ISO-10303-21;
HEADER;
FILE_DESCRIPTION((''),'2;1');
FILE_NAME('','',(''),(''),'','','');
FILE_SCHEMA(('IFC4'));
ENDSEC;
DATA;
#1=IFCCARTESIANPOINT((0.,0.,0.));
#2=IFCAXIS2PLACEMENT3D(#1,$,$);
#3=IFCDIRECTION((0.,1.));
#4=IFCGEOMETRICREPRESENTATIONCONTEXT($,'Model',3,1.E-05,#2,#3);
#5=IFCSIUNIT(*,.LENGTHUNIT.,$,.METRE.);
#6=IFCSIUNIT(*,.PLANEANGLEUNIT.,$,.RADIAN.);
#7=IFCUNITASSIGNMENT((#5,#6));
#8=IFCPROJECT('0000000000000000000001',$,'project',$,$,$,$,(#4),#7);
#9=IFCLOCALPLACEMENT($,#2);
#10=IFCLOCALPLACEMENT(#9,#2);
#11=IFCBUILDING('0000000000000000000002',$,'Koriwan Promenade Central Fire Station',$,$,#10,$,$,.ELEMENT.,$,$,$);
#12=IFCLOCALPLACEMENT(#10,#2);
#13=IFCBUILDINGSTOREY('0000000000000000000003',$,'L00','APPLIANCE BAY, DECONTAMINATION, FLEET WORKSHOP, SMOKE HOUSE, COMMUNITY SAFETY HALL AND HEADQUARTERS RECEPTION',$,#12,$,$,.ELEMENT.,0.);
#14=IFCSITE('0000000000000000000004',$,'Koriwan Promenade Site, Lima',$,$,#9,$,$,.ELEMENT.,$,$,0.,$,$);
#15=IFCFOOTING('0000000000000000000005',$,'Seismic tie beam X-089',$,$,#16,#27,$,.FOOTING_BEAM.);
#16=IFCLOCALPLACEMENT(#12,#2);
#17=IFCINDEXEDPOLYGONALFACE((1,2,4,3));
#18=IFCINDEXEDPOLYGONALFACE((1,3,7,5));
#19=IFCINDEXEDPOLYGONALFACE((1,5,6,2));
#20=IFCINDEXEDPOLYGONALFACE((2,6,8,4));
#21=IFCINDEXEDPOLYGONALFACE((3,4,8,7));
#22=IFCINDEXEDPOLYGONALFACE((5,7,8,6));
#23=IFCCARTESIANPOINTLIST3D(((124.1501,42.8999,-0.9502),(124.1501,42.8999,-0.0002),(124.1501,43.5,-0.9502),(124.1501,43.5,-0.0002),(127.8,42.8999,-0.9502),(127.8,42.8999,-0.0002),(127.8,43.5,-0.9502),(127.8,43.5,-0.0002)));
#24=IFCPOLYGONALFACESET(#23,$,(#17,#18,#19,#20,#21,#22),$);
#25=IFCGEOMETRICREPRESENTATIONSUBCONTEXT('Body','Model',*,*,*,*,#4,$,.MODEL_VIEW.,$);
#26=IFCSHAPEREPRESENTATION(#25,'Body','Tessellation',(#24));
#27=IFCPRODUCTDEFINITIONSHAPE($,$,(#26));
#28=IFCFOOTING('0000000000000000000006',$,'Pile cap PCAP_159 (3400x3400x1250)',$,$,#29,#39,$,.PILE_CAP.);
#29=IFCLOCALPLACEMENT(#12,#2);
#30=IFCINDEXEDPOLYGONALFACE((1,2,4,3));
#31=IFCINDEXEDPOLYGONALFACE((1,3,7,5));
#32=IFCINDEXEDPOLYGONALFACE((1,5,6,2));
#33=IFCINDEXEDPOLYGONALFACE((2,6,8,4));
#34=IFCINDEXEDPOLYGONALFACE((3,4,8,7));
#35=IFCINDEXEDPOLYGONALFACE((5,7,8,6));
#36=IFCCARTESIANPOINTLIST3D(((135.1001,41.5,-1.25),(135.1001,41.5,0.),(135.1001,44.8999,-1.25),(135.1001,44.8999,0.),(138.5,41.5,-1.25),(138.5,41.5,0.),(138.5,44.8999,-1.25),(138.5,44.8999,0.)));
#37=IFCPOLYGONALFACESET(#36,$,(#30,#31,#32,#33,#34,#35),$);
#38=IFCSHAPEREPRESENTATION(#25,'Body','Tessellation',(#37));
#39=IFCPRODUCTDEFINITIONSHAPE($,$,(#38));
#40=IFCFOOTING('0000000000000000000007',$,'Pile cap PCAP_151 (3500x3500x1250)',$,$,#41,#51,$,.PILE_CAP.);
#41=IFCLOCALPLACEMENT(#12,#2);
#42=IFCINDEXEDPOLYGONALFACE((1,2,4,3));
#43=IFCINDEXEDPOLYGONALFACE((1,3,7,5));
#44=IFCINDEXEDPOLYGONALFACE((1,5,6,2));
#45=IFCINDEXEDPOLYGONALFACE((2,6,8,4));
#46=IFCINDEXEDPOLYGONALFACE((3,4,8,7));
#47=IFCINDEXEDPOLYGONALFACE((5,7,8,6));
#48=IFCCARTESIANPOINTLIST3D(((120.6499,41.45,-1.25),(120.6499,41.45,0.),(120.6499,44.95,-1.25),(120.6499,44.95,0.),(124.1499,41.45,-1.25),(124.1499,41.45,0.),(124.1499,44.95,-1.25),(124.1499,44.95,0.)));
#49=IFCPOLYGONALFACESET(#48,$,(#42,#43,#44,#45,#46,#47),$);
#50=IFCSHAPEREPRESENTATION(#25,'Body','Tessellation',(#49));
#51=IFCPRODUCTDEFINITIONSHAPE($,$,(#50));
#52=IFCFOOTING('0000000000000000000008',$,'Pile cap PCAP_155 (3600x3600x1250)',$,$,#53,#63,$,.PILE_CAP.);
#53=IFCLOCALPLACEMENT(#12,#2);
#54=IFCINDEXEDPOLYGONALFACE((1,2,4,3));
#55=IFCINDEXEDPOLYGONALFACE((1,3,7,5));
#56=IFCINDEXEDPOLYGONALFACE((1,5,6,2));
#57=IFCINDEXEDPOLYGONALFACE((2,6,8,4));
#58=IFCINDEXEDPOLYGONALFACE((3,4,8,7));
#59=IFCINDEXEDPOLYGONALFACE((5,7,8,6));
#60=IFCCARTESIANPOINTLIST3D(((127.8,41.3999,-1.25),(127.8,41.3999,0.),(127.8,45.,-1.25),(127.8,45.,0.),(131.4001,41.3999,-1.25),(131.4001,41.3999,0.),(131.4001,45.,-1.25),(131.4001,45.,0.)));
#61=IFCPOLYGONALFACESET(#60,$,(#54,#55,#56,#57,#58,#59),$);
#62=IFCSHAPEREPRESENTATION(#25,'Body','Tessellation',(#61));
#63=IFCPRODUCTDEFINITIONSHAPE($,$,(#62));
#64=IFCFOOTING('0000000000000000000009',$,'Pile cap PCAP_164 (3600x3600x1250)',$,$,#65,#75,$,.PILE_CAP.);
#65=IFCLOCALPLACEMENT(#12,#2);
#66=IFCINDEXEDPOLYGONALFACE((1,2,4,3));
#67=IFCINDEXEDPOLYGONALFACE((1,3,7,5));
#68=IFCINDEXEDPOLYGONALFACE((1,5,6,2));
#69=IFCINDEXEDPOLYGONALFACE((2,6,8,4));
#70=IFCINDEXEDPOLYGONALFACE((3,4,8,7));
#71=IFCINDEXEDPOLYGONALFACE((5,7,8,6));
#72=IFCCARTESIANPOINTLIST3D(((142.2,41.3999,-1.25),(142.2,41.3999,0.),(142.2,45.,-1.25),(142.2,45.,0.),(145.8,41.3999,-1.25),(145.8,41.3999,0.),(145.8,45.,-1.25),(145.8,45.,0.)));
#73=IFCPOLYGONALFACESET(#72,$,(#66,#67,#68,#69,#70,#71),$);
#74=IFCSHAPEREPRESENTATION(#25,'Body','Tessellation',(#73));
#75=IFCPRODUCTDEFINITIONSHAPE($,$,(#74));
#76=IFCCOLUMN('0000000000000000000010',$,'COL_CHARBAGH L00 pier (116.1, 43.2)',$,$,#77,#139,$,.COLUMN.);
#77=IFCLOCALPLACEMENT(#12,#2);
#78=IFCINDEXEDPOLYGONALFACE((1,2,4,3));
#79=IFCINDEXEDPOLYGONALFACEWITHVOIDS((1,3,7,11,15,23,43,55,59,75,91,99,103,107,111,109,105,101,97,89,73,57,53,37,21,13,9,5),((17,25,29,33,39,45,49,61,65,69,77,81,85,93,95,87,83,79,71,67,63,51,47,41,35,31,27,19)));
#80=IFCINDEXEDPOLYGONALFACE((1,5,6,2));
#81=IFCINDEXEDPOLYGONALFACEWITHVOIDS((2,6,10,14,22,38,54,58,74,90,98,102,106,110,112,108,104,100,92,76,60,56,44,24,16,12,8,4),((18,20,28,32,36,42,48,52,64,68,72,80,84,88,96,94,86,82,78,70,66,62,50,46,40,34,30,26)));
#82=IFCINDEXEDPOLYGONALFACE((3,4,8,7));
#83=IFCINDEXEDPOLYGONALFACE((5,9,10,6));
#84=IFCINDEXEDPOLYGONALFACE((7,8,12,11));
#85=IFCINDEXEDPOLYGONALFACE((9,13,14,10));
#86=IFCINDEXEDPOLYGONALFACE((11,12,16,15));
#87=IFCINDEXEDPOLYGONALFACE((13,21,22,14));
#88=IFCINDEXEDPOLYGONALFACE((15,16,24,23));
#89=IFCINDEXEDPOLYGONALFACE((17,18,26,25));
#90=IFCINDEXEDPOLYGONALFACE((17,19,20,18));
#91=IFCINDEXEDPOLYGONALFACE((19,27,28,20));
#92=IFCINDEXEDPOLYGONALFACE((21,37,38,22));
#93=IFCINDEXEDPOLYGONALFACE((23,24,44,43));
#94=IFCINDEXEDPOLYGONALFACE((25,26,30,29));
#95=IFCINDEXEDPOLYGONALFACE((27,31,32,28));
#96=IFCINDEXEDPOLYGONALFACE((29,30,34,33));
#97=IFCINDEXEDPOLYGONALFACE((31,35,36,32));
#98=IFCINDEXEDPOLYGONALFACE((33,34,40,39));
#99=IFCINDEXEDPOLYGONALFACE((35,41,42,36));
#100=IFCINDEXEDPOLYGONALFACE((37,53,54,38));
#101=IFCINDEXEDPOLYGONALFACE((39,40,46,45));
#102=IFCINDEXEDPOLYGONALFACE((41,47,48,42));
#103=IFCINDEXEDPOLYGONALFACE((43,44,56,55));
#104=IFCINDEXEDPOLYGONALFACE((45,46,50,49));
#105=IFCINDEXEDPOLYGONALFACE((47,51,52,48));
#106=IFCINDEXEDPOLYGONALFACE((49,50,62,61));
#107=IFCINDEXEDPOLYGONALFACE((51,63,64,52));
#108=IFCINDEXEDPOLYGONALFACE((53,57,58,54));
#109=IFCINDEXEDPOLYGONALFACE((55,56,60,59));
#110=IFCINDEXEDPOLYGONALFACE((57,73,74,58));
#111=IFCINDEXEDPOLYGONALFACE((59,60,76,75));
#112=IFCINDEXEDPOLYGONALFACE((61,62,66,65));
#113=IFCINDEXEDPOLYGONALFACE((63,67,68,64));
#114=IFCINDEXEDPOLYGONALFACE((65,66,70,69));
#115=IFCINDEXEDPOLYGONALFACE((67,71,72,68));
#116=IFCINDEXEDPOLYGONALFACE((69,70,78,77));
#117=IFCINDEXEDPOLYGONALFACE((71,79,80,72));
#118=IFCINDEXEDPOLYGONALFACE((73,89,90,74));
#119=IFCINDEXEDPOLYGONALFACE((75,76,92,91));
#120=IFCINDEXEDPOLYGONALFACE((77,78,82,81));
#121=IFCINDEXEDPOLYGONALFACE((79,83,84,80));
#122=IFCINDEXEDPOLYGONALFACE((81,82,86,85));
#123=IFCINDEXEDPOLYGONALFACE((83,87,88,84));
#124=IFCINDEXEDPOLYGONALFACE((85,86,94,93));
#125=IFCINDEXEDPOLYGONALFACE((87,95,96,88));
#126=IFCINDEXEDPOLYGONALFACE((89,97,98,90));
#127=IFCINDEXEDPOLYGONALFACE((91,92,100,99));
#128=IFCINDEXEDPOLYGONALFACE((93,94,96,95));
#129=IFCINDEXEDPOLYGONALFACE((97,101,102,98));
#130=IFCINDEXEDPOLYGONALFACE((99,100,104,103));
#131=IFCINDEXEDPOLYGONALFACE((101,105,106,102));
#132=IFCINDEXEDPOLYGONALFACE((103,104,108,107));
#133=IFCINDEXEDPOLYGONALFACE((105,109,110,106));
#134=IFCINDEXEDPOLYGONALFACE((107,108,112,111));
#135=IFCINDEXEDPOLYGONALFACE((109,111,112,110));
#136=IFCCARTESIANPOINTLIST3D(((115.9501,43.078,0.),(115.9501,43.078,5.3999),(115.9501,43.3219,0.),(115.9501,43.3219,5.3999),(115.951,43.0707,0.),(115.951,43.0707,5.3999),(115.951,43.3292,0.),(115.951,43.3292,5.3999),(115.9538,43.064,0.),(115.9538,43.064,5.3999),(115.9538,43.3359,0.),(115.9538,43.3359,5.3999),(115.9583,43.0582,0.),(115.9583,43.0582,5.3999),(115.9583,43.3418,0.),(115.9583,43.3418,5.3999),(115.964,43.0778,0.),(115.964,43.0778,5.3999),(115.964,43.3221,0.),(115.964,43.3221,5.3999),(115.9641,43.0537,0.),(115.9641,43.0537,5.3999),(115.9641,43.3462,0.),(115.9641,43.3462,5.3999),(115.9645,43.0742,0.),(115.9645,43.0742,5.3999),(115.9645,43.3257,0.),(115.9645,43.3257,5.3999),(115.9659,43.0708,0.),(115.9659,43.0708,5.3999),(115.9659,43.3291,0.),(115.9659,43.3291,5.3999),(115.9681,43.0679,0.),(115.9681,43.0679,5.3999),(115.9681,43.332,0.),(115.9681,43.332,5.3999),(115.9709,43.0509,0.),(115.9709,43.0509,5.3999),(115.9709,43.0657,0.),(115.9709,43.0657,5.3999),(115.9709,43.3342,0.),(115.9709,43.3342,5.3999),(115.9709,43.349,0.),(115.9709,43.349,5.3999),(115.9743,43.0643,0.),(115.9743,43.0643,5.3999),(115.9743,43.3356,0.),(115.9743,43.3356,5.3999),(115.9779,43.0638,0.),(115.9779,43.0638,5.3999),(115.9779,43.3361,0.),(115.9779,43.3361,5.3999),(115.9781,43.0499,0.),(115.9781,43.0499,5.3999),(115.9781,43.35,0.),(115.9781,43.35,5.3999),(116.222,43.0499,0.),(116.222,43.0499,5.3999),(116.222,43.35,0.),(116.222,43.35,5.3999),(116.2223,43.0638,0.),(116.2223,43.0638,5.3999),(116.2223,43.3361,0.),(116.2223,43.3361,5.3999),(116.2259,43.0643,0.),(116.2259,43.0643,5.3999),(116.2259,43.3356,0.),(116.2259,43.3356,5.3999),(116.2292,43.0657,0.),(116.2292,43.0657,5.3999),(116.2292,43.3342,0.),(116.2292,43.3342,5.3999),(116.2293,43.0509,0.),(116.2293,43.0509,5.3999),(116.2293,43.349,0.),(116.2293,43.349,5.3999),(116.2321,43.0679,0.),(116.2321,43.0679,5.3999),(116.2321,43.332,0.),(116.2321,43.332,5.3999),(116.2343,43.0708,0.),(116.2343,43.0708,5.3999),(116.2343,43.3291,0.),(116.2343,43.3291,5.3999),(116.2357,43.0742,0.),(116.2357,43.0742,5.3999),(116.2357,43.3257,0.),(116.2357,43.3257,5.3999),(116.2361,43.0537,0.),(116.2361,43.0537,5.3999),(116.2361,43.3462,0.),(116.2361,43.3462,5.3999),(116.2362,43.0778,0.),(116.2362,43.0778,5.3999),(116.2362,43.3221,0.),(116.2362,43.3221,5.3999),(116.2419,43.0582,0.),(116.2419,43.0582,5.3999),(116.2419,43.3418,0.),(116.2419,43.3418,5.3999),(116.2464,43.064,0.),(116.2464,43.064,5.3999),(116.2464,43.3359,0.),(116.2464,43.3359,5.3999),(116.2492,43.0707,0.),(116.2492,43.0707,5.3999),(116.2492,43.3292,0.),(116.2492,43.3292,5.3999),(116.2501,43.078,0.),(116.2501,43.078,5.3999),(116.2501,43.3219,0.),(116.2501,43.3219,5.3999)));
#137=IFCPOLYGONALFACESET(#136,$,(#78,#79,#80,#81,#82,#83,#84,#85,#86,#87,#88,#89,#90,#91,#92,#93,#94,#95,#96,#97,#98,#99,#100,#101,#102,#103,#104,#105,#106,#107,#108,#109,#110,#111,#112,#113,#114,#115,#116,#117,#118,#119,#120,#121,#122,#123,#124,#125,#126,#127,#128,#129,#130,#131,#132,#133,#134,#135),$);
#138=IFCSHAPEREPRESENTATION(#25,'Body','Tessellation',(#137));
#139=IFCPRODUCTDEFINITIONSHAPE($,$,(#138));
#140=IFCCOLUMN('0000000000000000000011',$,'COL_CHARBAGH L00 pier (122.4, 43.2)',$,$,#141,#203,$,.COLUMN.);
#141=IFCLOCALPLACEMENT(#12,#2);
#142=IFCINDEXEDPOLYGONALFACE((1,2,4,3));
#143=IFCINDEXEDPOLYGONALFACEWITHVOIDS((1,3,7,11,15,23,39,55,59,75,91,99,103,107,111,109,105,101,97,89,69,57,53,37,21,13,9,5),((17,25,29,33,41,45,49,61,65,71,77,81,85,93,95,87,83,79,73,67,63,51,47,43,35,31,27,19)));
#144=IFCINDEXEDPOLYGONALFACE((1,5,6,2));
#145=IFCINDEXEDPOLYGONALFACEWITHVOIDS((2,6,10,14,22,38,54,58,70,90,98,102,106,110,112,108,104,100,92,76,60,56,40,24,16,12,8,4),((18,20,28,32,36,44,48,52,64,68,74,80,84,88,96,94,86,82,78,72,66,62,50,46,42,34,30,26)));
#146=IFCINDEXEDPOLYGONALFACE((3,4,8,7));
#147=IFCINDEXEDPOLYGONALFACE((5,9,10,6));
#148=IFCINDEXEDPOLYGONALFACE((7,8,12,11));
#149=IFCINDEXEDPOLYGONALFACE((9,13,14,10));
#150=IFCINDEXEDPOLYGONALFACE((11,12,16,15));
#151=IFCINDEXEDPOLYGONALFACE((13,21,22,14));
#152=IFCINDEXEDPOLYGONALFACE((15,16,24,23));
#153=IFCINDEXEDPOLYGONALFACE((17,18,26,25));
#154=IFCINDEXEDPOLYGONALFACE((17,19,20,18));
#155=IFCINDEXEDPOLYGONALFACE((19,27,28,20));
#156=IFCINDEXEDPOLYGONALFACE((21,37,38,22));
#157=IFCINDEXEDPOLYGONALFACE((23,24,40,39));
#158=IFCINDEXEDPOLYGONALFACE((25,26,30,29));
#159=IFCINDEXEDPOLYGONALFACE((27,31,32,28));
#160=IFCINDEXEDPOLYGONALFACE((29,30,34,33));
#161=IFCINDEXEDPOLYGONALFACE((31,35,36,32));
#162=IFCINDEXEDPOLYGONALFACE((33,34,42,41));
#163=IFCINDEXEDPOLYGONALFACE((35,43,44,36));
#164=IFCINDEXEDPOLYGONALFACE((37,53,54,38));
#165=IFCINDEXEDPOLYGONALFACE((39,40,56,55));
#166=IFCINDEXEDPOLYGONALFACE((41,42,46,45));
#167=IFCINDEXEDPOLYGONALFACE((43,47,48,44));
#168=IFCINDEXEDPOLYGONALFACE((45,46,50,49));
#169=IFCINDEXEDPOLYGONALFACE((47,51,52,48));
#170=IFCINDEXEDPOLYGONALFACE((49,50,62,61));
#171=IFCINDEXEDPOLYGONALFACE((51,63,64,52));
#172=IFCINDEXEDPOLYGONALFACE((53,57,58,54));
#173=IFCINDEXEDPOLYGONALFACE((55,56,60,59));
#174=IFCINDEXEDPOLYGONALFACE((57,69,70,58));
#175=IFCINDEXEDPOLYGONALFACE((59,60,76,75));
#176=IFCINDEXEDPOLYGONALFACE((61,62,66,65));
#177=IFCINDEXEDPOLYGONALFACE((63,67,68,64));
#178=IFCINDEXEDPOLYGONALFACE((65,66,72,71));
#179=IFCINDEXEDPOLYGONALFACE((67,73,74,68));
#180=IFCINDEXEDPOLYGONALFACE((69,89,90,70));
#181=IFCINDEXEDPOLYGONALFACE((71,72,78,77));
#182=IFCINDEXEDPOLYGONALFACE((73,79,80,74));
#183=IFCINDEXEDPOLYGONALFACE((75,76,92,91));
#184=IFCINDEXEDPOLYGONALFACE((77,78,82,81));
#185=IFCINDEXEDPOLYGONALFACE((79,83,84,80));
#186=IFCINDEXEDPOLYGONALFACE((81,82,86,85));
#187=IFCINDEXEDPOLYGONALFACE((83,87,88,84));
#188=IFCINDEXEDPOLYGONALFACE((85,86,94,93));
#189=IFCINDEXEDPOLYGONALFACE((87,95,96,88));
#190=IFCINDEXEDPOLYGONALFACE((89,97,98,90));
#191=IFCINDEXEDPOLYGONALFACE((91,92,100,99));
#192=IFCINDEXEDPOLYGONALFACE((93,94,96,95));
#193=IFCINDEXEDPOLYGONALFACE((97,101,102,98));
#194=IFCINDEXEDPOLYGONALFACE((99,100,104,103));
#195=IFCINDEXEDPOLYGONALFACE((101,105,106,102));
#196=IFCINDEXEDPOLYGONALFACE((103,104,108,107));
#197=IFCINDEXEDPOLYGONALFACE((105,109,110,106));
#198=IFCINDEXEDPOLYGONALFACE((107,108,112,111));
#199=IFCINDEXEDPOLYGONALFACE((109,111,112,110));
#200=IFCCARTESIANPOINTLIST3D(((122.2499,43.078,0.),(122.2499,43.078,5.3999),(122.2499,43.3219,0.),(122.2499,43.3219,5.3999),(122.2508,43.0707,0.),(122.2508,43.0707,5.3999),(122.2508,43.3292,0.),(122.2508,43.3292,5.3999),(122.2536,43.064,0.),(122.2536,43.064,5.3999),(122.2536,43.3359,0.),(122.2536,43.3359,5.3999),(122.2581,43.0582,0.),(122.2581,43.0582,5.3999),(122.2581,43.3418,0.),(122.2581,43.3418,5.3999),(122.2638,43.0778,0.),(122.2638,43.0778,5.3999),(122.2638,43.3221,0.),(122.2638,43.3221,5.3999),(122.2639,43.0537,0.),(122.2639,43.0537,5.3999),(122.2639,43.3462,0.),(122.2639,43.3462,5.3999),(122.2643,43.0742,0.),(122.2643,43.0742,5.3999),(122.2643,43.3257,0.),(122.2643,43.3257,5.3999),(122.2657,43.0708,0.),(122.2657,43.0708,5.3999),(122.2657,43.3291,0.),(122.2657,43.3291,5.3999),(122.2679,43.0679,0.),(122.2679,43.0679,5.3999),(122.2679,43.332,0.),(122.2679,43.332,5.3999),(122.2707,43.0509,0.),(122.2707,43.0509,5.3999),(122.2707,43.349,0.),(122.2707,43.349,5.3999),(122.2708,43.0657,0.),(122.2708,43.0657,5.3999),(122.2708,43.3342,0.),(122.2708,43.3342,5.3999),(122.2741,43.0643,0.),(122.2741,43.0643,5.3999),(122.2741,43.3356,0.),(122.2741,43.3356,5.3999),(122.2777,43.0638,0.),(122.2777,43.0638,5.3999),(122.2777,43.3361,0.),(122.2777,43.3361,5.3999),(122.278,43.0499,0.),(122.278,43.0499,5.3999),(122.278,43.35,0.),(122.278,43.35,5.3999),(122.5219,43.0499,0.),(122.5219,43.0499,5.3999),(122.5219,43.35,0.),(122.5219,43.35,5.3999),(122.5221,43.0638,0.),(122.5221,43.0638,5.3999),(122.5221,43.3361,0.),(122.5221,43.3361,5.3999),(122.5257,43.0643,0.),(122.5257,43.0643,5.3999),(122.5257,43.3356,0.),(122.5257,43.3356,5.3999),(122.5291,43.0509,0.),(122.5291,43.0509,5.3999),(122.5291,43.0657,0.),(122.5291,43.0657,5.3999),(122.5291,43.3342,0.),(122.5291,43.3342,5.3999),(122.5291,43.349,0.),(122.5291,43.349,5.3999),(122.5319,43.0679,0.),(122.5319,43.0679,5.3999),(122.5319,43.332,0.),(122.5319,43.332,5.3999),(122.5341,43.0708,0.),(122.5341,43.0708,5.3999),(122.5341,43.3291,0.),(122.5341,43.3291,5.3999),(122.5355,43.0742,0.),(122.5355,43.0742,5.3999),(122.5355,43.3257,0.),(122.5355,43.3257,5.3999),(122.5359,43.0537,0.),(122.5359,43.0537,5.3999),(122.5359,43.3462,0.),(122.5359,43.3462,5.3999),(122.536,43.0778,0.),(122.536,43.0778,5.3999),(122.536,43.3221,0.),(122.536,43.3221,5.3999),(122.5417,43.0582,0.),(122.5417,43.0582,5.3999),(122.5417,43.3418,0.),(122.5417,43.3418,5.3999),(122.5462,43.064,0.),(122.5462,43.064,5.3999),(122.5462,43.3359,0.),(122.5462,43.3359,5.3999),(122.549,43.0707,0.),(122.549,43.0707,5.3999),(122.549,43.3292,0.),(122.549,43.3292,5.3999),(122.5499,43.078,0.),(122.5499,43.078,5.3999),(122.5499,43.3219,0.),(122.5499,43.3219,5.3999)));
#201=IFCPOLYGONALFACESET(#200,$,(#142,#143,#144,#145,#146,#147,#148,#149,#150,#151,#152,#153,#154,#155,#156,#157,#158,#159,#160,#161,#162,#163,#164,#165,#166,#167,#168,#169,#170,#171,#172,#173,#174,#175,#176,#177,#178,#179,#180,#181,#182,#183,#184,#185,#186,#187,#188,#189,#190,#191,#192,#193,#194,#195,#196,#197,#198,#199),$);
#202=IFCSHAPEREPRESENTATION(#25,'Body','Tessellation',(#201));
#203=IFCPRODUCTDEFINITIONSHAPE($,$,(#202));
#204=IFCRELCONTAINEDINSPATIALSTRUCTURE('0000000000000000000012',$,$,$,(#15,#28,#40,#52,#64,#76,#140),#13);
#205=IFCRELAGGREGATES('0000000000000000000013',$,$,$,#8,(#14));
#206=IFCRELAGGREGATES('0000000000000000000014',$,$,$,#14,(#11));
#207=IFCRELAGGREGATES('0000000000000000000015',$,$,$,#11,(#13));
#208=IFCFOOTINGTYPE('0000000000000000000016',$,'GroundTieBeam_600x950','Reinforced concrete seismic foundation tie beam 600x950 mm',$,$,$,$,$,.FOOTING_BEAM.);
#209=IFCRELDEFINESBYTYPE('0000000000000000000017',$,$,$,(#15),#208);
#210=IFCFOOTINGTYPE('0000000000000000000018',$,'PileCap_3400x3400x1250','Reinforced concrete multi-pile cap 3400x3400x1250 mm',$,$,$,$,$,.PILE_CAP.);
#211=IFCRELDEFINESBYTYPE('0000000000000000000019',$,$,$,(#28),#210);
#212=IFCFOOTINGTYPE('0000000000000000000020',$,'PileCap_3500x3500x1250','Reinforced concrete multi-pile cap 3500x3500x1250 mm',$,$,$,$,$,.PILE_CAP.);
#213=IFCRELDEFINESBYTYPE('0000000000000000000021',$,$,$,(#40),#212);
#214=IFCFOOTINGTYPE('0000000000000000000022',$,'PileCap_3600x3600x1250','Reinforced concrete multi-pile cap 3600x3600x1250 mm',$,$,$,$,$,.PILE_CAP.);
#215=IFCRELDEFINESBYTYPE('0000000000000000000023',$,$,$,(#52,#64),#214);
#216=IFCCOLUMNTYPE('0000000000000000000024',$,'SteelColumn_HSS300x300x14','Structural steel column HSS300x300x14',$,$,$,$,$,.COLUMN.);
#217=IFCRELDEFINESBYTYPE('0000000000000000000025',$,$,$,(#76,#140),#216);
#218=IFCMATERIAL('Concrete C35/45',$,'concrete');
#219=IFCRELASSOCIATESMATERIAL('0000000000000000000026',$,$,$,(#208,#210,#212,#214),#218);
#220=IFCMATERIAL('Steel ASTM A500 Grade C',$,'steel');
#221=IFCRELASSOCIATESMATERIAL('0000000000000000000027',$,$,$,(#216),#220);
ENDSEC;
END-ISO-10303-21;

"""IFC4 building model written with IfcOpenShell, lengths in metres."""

from ifc_helpers import new_model, si_unit, direction, frame, origin, origin_2d, place, context, subcontext, project, spatial, rectangle, hollow_rectangle, extrude, material, material_profile, profile_set, type_object, element, save


model = new_model("IFC4")

# Units and contexts
model_context = context("Model", 3, precision=1e-05, world=origin(), true_north=direction((0.0, 1.0)))
body_context = subcontext(model_context, "Body", "Model", "MODEL_VIEW")
ifc_project = project(units=[si_unit("LENGTHUNIT", "METRE"), si_unit("PLANEANGLEUNIT", "RADIAN")], contexts=[model_context])

# Site, building, storey
site_placement = place(None, origin())
site = spatial("IfcSite", under=ifc_project, at=site_placement, Name="Koriwan Promenade Site, Lima", CompositionType="ELEMENT", RefElevation=0.0)
building_placement = place(site_placement, origin())
building = spatial("IfcBuilding", under=site, at=building_placement, Name="Koriwan Promenade Central Fire Station", CompositionType="ELEMENT")
storey_placement = place(building_placement, origin())
storey = spatial("IfcBuildingStorey", under=building, at=storey_placement, Name="L00", Description="APPLIANCE BAY, DECONTAMINATION, FLEET WORKSHOP, SMOKE HOUSE, COMMUNITY SAFETY HALL AND HEADQUARTERS RECEPTION", CompositionType="ELEMENT", Elevation=0.0)

# Shared definitions
ifc_material_1 = material(Name="Concrete C35/45", Category="concrete")

# Footings
footing_type_1 = type_object("IfcFootingType", Name="GroundTieBeam_600x950", Description="Reinforced concrete seismic foundation tie beam 600x950 mm", PredefinedType="FOOTING_BEAM", material=ifc_material_1)
footing_1_placement = place(storey_placement, frame((125.9751, 43.2, -0.9502), z_axis=(0.0, 0.0, 1.0), x_axis=(1.0, 0.0, 0.0)))
element("IfcFooting", 1, at=footing_1_placement, inside=storey, type_object=footing_type_1, Name="Seismic tie beam X-089", PredefinedType="FOOTING_BEAM", context=body_context, shape_type="SweptSolid", body=[
    extrude(rectangle(XDim=3.6499, YDim=0.6001, at=origin_2d()), origin(), (0.0, 0.0, 1.0), 0.95),
])
footing_type_2 = type_object("IfcFootingType", Name="PileCap_3400x3400x1250", Description="Reinforced concrete multi-pile cap 3400x3400x1250 mm", PredefinedType="PILE_CAP", material=ifc_material_1)
footing_2_placement = place(storey_placement, frame((136.8, 43.2, -1.25), z_axis=(0.0, 0.0, 1.0), x_axis=(1.0, 0.0, 0.0)))
element("IfcFooting", 2, at=footing_2_placement, inside=storey, type_object=footing_type_2, Name="Pile cap PCAP_159 (3400x3400x1250)", PredefinedType="PILE_CAP", context=body_context, shape_type="SweptSolid", body=[
    extrude(rectangle(XDim=3.3999, YDim=3.3999, at=origin_2d()), origin(), (0.0, 0.0, 1.0), 1.25),
])
footing_type_3 = type_object("IfcFootingType", Name="PileCap_3500x3500x1250", Description="Reinforced concrete multi-pile cap 3500x3500x1250 mm", PredefinedType="PILE_CAP", material=ifc_material_1)
footing_3_placement = place(storey_placement, frame((122.3999, 43.2, -1.25), z_axis=(0.0, 0.0, 1.0), x_axis=(1.0, 0.0, 0.0)))
element("IfcFooting", 3, at=footing_3_placement, inside=storey, type_object=footing_type_3, Name="Pile cap PCAP_151 (3500x3500x1250)", PredefinedType="PILE_CAP", context=body_context, shape_type="SweptSolid", body=[
    extrude(rectangle(XDim=3.5, YDim=3.5, at=origin_2d()), origin(), (0.0, 0.0, 1.0), 1.25),
])
footing_type_4 = type_object("IfcFootingType", Name="PileCap_3600x3600x1250", Description="Reinforced concrete multi-pile cap 3600x3600x1250 mm", PredefinedType="PILE_CAP", material=ifc_material_1)
for number, where, z_axis, x_axis, name in (
    (4, (129.6001, 43.2, -1.25), (0.0, 0.0, 1.0), (1.0, 0.0, 0.0), "Pile cap PCAP_155 (3600x3600x1250)"),
    (5, (144.0, 43.2, -1.25), (0.0, 0.0, 1.0), (1.0, 0.0, 0.0), "Pile cap PCAP_164 (3600x3600x1250)"),
):
    element("IfcFooting", number, at=place(storey_placement, frame(where, z_axis=z_axis, x_axis=x_axis)), inside=storey, type_object=footing_type_4, Name=name, PredefinedType="PILE_CAP", context=body_context, shape_type="SweptSolid", body=[
        extrude(rectangle(XDim=3.6001, YDim=3.6001, at=origin_2d()), origin(), (0.0, 0.0, 1.0), 1.25),
    ])

# Columns
ifc_material_2 = material(Name="Steel ASTM A500 Grade C", Category="steel")
ifc_material_profile_1 = material_profile(ifc_material_2, hollow_rectangle(XDim=0.3, YDim=0.3, WallThickness=0.0139, InnerFilletRadius=0.0139, OuterFilletRadius=0.0281, at=origin_2d()), Name="HSS300x300x14")
ifc_profile_set_1 = profile_set([ifc_material_profile_1], Name="Steel ASTM A500 Grade C")
column_type = type_object("IfcColumnType", Name="SteelColumn_HSS300x300x14", Description="Structural steel column HSS300x300x14", PredefinedType="COLUMN", material=ifc_profile_set_1)
for number, where, z_axis, x_axis, name in (
    (6, (116.1001, 43.2, 0.0), (0.0, 0.0, 1.0), (1.0, 0.0, 0.0), "COL_CHARBAGH L00 pier (116.1, 43.2)"),
    (7, (122.3999, 43.2, 0.0), (0.0, 0.0, 1.0), (1.0, 0.0, 0.0), "COL_CHARBAGH L00 pier (122.4, 43.2)"),
):
    element("IfcColumn", number, at=place(storey_placement, frame(where, z_axis=z_axis, x_axis=x_axis)), inside=storey, type_object=column_type, Name=name, PredefinedType="COLUMN", context=body_context, shape_type="SweptSolid", body=[
        extrude(hollow_rectangle(XDim=0.3, YDim=0.3, WallThickness=0.0139, InnerFilletRadius=0.0139, OuterFilletRadius=0.0281, at=origin_2d()), origin(), (0.0, 0.0, 1.0), 5.3999),
    ])

save(model, "model.ifc")
